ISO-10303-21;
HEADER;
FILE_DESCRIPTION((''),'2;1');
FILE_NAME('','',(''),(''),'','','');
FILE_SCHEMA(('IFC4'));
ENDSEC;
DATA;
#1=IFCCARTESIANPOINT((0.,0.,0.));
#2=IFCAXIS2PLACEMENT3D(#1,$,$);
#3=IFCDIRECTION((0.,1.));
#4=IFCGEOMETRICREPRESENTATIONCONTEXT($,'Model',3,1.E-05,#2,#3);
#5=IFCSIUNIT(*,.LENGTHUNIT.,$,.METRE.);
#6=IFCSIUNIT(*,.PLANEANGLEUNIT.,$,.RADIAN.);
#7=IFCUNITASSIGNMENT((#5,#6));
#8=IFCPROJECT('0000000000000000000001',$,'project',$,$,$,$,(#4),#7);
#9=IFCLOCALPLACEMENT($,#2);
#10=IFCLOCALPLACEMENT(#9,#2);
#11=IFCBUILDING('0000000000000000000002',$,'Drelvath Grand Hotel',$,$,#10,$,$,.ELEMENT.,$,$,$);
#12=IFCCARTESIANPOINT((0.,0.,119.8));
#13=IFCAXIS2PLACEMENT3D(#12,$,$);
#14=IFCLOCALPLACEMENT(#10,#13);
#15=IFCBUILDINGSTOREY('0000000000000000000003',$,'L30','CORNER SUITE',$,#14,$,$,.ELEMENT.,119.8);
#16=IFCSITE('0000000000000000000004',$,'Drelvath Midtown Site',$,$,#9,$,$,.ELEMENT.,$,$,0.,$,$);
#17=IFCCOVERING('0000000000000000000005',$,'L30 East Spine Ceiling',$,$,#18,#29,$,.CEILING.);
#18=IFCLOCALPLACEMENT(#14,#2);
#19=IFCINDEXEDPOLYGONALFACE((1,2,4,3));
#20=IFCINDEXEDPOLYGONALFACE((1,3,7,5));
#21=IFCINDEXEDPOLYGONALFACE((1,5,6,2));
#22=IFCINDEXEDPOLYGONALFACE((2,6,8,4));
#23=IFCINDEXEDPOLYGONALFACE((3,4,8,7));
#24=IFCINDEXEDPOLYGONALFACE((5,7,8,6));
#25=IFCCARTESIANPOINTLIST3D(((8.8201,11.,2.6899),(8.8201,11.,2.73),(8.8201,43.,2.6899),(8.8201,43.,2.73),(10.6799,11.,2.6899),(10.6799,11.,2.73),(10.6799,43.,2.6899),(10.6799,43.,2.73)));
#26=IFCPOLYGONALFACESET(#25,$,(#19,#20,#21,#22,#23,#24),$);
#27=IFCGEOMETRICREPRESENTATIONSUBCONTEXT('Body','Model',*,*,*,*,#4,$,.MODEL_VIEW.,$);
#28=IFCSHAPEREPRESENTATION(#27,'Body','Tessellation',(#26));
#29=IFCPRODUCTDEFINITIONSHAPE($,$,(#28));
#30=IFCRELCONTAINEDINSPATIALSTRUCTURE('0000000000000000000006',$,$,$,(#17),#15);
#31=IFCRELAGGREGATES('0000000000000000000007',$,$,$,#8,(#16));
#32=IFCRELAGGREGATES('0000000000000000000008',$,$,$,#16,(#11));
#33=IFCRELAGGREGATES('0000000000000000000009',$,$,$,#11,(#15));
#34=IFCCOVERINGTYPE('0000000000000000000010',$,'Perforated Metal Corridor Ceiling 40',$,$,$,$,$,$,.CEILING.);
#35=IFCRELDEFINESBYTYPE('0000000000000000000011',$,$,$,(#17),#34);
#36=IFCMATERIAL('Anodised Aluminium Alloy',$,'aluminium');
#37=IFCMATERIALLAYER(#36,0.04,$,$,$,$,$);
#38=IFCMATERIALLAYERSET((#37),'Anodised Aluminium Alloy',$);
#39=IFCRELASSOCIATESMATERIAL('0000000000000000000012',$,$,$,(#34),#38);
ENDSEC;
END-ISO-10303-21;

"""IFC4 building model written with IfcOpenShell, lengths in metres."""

from ifc_helpers import new_model, si_unit, direction, frame, origin, place, context, subcontext, project, spatial, polyline, outline, extrude, material, layer, layer_set, type_object, element, save


model = new_model("IFC4")

# Units and contexts
model_context = context("Model", 3, precision=1e-05, world=origin(), true_north=direction((0.0, 1.0)))
body_context = subcontext(model_context, "Body", "Model", "MODEL_VIEW")
ifc_project = project(units=[si_unit("LENGTHUNIT", "METRE"), si_unit("PLANEANGLEUNIT", "RADIAN")], contexts=[model_context])

# Site, building, storey
site_placement = place(None, origin())
site = spatial("IfcSite", under=ifc_project, at=site_placement, Name="Drelvath Midtown Site", CompositionType="ELEMENT", RefElevation=0.0)
building_placement = place(site_placement, origin())
building = spatial("IfcBuilding", under=site, at=building_placement, Name="Drelvath Grand Hotel", CompositionType="ELEMENT")
storey_placement = place(building_placement, frame((0.0, 0.0, 119.8)))
storey = spatial("IfcBuildingStorey", under=building, at=storey_placement, Name="L30", Description="CORNER SUITE", CompositionType="ELEMENT", Elevation=119.8)

# Covering
ifc_material_1 = material(Name="Anodised Aluminium Alloy", Category="aluminium")
ifc_layer_1 = layer(ifc_material_1, 0.04)
ifc_layer_set_1 = layer_set([ifc_layer_1], Name="Anodised Aluminium Alloy")
covering_type_1 = type_object("IfcCoveringType", Name="Perforated Metal Corridor Ceiling 40", PredefinedType="CEILING", material=ifc_layer_set_1)
covering_1_placement = place(storey_placement, frame((0.0, 0.0, 2.6899)))
element("IfcCovering", 1, at=covering_1_placement, inside=storey, type_object=covering_type_1, Name="L30 East Spine Ceiling", PredefinedType="CEILING", context=body_context, shape_type="SweptSolid", body=[
    extrude(outline(polyline([(10.6799, 11.0), (10.6799, 43.0), (8.8201, 43.0), (8.8201, 11.0), (10.6799, 11.0)])), origin(), (0.0, 0.0, 1.0), 0.04),
])

save(model, "model.ifc")
